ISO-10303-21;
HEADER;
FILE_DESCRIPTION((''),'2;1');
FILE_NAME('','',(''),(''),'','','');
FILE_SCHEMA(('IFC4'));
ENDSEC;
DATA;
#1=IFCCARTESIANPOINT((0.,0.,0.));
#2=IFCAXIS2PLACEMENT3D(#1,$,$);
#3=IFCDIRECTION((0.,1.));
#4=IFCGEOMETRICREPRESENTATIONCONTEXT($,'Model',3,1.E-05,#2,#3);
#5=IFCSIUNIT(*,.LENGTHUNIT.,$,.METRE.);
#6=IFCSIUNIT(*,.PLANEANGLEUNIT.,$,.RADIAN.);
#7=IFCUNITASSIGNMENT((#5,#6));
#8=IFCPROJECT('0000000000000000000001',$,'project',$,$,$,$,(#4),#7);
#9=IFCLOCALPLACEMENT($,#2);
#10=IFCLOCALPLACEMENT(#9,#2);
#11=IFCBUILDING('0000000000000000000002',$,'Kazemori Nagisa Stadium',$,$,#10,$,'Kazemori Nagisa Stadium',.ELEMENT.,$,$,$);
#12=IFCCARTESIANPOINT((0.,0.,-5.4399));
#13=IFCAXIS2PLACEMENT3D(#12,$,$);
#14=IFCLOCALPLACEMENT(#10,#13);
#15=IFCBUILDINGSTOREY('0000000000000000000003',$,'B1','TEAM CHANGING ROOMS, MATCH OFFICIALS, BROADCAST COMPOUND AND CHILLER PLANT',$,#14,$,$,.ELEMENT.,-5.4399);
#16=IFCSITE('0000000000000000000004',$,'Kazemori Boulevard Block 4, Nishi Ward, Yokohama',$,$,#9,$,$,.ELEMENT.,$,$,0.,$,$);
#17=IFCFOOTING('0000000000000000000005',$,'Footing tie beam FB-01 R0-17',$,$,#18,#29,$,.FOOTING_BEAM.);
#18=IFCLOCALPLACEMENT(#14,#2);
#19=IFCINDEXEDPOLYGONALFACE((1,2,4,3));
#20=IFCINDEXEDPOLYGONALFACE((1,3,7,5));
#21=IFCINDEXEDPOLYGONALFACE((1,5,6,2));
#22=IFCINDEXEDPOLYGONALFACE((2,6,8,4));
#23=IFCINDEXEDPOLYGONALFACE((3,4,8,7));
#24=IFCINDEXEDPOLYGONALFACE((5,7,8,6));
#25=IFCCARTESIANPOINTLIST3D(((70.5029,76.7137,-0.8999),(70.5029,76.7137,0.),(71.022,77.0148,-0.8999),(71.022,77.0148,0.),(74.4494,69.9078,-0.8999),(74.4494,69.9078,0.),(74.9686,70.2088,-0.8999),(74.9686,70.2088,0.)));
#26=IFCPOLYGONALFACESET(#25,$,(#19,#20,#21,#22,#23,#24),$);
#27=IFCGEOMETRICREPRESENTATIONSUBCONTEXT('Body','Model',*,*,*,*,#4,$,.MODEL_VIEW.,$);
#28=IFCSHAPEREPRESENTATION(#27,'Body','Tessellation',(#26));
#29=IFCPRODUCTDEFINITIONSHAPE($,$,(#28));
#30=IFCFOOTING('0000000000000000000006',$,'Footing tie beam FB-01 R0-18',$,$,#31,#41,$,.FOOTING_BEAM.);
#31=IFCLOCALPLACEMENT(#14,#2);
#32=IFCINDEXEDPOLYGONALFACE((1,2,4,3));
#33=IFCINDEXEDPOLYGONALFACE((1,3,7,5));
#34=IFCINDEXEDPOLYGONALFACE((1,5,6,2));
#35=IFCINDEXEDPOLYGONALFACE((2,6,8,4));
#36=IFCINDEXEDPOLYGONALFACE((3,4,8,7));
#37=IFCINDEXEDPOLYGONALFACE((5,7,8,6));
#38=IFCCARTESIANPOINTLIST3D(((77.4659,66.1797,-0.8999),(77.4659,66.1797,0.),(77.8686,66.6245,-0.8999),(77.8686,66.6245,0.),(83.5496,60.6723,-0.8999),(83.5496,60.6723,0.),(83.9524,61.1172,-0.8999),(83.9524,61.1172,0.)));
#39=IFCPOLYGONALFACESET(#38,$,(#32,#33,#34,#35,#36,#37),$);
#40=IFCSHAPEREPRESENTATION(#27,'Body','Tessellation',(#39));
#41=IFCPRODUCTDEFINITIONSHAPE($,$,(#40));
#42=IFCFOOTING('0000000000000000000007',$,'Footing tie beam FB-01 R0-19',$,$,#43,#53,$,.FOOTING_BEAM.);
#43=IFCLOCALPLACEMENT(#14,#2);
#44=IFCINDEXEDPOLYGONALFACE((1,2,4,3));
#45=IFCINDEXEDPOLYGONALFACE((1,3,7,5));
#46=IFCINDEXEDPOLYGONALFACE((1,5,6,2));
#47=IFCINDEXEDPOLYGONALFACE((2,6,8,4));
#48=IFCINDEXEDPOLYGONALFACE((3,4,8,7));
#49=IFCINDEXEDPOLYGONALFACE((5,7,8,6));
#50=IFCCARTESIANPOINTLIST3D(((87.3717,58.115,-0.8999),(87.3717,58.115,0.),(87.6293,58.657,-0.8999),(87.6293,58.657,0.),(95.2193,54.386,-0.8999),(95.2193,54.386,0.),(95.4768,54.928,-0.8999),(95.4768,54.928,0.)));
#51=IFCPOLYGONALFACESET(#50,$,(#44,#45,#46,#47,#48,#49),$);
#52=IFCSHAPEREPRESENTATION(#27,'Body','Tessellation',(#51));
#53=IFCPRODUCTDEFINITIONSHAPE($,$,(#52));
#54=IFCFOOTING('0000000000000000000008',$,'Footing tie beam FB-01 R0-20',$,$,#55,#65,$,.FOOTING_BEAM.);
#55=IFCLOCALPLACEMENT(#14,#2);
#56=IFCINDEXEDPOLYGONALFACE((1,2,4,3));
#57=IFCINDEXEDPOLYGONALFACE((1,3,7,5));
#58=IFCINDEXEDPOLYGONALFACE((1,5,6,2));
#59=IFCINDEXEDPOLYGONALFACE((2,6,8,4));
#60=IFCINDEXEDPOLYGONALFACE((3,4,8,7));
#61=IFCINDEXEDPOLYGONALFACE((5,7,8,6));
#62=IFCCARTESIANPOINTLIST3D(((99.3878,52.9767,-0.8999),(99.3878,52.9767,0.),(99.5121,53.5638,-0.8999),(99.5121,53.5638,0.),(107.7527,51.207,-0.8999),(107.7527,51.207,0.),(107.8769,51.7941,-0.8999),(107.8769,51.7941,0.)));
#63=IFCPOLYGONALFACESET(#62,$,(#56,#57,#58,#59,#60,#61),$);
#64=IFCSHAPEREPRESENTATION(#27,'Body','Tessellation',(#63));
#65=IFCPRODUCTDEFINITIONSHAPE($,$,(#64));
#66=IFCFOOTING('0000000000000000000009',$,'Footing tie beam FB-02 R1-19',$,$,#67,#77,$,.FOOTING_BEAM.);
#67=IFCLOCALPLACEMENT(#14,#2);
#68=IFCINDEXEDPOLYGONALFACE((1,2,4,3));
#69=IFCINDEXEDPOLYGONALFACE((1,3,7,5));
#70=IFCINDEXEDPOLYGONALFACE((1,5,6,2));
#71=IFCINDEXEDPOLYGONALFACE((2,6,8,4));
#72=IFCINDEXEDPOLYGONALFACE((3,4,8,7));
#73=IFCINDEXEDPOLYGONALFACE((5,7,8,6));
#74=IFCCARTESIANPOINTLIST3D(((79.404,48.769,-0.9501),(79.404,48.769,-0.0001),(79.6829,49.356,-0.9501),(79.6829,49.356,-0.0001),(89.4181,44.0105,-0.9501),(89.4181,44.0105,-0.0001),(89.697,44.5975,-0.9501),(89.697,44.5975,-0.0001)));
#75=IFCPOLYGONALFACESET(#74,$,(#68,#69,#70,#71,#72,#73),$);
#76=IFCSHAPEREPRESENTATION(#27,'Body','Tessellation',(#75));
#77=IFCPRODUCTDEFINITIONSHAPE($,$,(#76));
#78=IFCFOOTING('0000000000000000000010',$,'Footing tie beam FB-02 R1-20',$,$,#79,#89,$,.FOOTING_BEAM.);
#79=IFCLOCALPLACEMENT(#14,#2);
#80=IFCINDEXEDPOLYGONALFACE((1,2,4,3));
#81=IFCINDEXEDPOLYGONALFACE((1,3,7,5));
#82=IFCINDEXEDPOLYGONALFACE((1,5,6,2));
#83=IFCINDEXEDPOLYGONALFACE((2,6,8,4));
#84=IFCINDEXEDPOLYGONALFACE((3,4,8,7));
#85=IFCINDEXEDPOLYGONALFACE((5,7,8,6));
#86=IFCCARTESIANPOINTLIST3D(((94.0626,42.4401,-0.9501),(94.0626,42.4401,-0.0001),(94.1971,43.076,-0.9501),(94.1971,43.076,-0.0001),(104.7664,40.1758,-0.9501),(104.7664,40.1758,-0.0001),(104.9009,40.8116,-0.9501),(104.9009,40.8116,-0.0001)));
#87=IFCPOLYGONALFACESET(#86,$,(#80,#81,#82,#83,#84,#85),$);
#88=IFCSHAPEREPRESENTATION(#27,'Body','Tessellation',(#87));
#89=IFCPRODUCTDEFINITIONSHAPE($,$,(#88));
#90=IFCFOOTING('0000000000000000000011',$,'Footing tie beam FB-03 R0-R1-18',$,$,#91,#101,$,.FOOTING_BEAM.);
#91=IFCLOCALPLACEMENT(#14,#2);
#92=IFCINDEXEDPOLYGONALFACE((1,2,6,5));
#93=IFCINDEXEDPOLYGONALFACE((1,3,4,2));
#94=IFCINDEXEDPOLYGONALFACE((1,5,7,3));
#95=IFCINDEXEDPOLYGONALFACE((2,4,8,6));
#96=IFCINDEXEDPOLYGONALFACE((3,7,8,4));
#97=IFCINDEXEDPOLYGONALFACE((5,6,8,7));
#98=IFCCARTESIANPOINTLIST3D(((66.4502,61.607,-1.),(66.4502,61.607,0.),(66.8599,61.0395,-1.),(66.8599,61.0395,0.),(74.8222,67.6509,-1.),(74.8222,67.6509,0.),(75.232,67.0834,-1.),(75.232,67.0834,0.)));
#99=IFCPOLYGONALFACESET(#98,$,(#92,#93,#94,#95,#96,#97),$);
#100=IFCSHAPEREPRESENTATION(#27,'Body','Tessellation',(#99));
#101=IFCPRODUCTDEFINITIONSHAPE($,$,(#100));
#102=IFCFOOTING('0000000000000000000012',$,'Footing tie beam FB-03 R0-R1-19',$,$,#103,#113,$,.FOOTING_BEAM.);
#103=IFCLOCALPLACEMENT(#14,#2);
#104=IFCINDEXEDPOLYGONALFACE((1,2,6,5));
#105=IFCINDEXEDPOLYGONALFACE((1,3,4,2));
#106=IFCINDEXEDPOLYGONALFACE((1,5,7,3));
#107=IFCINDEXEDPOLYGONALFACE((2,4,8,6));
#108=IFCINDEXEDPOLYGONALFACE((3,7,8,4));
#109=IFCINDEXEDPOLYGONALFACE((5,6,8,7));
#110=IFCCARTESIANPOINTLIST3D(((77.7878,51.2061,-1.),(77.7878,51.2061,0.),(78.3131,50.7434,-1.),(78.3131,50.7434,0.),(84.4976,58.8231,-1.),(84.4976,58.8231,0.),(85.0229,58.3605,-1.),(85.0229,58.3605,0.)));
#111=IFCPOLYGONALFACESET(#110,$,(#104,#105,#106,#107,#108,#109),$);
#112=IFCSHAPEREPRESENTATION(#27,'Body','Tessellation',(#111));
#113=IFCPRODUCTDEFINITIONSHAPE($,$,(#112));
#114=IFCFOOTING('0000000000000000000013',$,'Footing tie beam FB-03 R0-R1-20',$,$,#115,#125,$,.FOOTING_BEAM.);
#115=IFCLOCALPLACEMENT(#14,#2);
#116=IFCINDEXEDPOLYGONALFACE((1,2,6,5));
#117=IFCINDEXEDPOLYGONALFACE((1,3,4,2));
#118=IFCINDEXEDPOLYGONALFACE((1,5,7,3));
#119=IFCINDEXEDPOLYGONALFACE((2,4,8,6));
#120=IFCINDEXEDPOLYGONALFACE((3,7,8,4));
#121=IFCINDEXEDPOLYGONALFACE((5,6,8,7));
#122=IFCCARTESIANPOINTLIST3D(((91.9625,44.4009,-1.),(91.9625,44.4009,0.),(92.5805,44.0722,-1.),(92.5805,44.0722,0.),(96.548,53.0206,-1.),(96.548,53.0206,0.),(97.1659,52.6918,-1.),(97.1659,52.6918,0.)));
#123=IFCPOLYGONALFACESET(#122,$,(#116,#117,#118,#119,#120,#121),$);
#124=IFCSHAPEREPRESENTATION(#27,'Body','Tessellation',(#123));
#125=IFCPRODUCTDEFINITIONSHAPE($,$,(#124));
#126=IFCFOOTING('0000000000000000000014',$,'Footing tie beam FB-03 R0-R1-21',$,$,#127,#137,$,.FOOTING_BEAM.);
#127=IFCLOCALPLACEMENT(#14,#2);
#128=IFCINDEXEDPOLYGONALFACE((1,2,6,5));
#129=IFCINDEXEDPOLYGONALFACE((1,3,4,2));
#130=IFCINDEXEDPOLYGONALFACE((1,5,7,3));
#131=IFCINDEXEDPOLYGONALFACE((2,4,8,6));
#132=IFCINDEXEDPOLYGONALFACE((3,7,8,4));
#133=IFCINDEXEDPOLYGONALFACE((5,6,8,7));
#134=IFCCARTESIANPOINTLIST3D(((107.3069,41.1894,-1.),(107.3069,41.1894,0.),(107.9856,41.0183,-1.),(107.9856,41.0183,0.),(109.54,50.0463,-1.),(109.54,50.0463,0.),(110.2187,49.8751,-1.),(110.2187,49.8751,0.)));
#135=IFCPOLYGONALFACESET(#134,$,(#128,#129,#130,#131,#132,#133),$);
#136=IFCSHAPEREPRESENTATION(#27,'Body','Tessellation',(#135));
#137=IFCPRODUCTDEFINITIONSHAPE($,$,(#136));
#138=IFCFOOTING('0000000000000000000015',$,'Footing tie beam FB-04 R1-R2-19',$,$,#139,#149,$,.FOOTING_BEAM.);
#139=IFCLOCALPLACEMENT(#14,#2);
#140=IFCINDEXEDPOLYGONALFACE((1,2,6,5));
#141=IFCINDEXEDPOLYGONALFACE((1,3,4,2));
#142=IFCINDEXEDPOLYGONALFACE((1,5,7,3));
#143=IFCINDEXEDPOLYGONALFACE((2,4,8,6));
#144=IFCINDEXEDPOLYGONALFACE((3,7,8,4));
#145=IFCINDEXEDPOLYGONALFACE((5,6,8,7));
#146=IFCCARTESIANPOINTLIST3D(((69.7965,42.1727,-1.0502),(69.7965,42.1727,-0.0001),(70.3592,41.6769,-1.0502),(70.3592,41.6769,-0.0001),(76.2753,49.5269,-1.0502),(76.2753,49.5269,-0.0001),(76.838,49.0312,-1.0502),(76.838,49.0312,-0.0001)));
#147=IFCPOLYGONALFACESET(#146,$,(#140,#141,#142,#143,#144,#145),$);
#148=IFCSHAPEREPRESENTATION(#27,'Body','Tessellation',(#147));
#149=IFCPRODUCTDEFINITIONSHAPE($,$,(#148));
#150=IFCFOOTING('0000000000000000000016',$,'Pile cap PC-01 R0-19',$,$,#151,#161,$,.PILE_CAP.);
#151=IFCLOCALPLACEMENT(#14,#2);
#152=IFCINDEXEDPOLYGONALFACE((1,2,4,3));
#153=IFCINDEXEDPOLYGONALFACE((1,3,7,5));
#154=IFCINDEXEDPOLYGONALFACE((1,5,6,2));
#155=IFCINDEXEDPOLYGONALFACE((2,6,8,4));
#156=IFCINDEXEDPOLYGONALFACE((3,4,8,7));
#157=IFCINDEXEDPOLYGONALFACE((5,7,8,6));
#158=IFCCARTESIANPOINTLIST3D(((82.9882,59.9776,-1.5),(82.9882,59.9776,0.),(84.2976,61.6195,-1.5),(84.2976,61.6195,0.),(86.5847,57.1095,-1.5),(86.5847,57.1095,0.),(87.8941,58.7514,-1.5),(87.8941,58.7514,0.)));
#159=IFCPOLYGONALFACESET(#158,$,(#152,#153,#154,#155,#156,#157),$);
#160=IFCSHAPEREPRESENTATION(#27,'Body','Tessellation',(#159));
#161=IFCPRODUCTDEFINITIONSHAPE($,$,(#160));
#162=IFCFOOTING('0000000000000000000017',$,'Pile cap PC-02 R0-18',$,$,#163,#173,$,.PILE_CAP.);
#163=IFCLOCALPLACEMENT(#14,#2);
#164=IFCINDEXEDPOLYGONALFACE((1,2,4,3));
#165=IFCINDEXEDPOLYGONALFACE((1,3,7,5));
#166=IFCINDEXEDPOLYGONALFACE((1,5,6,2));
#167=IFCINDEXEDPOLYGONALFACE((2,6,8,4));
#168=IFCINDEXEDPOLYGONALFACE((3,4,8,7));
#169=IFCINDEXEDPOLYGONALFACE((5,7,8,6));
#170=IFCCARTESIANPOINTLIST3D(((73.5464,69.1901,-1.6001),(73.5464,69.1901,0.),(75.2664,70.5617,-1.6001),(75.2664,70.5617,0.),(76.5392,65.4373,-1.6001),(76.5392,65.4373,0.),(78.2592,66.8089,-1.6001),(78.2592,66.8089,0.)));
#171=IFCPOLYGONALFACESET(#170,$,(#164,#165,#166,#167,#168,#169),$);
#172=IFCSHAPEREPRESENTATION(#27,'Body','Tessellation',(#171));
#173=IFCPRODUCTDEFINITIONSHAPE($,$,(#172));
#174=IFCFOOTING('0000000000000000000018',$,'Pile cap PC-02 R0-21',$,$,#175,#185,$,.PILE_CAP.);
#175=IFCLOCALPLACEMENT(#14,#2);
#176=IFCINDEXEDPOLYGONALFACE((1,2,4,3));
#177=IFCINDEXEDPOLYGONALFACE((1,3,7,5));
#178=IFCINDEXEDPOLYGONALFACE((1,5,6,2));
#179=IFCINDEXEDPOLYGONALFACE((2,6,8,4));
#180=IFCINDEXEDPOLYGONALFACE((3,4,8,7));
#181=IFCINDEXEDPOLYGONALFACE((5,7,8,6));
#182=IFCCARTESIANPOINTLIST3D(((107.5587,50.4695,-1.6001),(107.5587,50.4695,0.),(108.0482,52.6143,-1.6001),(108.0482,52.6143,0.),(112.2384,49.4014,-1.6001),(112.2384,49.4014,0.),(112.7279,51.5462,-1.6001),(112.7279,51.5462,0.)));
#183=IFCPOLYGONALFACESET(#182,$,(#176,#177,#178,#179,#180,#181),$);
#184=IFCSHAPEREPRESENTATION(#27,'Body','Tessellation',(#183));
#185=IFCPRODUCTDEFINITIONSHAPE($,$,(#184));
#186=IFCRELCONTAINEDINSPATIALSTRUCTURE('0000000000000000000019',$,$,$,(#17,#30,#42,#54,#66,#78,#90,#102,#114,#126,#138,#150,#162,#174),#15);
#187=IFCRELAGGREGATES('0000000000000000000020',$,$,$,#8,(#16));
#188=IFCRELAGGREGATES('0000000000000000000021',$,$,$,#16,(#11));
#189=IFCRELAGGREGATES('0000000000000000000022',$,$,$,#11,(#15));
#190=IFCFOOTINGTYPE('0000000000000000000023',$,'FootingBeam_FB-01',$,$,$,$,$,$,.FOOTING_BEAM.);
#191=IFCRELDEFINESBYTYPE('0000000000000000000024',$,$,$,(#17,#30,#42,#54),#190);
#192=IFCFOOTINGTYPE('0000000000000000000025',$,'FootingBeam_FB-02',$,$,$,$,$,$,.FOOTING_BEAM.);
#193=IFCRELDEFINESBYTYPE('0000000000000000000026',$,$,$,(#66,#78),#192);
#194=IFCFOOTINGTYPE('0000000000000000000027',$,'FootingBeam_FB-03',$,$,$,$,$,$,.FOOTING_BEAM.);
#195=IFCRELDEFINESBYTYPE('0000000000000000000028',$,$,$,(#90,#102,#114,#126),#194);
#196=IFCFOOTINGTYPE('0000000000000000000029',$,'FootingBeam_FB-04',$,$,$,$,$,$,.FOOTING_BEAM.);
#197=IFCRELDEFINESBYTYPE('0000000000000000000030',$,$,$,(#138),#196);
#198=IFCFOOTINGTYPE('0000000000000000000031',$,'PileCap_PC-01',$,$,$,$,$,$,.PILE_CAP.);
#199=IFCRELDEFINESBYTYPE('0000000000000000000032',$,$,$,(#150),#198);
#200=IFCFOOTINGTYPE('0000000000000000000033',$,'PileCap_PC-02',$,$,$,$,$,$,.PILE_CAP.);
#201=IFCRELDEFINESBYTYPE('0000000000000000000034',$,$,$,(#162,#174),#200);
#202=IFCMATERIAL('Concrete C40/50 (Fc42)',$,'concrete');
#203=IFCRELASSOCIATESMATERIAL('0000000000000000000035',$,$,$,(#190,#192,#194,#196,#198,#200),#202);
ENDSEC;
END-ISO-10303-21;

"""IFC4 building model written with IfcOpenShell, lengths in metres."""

from ifc_helpers import new_model, si_unit, direction, frame, origin, origin_2d, place, context, subcontext, project, spatial, rectangle, extrude, material, material_profile, profile_set, type_object, element, save


model = new_model("IFC4")

# Units and contexts
model_context = context("Model", 3, precision=1e-05, world=origin(), true_north=direction((0.0, 1.0)))
body_context = subcontext(model_context, "Body", "Model", "MODEL_VIEW")
ifc_project = project(units=[si_unit("LENGTHUNIT", "METRE"), si_unit("PLANEANGLEUNIT", "RADIAN")], contexts=[model_context])

# Site, building, storey
site_placement = place(None, origin())
site = spatial("IfcSite", under=ifc_project, at=site_placement, Name="Kazemori Boulevard Block 4, Nishi Ward, Yokohama", CompositionType="ELEMENT", RefElevation=0.0)
building_placement = place(site_placement, origin())
building = spatial("IfcBuilding", under=site, at=building_placement, Name="Kazemori Nagisa Stadium", LongName="Kazemori Nagisa Stadium", CompositionType="ELEMENT")
storey_placement = place(building_placement, frame((0.0, 0.0, -5.4399)))
storey = spatial("IfcBuildingStorey", under=building, at=storey_placement, Name="B1", Description="TEAM CHANGING ROOMS, MATCH OFFICIALS, BROADCAST COMPOUND AND CHILLER PLANT", CompositionType="ELEMENT", Elevation=-5.4399)

# Footings
ifc_material_1 = material(Name="Concrete C40/50 (Fc42)", Category="concrete")
ifc_material_profile_1 = material_profile(ifc_material_1, rectangle(XDim=0.6001, YDim=0.8999, at=origin_2d()), Name="RC-FB-600x900")
ifc_profile_set_1 = profile_set([ifc_material_profile_1], Name="Concrete C40/50 (Fc42)")
footing_type_1 = type_object("IfcFootingType", Name="FootingBeam_FB-01", PredefinedType="FOOTING_BEAM", material=ifc_profile_set_1)
footing_1_placement = place(storey_placement, frame((70.7625, 76.8643, -0.45), z_axis=(0.501633, -0.86508, 0.0), x_axis=(0.86508, 0.501633, 0.0)))
element("IfcFooting", 1, at=footing_1_placement, inside=storey, type_object=footing_type_1, Name="Footing tie beam FB-01 R0-17", PredefinedType="FOOTING_BEAM", context=body_context, shape_type="SweptSolid", body=[
    extrude(rectangle(XDim=0.6001, YDim=0.8999, at=origin_2d()), origin(), (0.0, 0.0, 1.0), 7.8674),
])
footing_2_placement = place(storey_placement, frame((77.6672, 66.4021, -0.45), z_axis=(0.741355, -0.671114, 0.0), x_axis=(0.671114, 0.741355, 0.0)))
element("IfcFooting", 2, at=footing_2_placement, inside=storey, type_object=footing_type_1, Name="Footing tie beam FB-01 R0-18", PredefinedType="FOOTING_BEAM", context=body_context, shape_type="SweptSolid", body=[
    extrude(rectangle(XDim=0.6001, YDim=0.8999, at=origin_2d()), origin(), (0.0, 0.0, 1.0), 8.2063),
])
footing_3_placement = place(storey_placement, frame((87.5005, 58.386, -0.45), z_axis=(0.903217, -0.429185, 0.0), x_axis=(0.429185, 0.903217, 0.0)))
element("IfcFooting", 3, at=footing_3_placement, inside=storey, type_object=footing_type_1, Name="Footing tie beam FB-01 R0-19", PredefinedType="FOOTING_BEAM", context=body_context, shape_type="SweptSolid", body=[
    extrude(rectangle(XDim=0.6001, YDim=0.8999, at=origin_2d()), origin(), (0.0, 0.0, 1.0), 8.6885),
])
footing_4_placement = place(storey_placement, frame((99.45, 53.2703, -0.45), z_axis=(0.978344, -0.206987, 0.0), x_axis=(0.206987, 0.978344, 0.0)))
element("IfcFooting", 4, at=footing_4_placement, inside=storey, type_object=footing_type_1, Name="Footing tie beam FB-01 R0-20", PredefinedType="FOOTING_BEAM", context=body_context, shape_type="SweptSolid", body=[
    extrude(rectangle(XDim=0.6001, YDim=0.8999, at=origin_2d()), origin(), (0.0, 0.0, 1.0), 8.55),
])
ifc_material_profile_2 = material_profile(ifc_material_1, rectangle(XDim=0.6499, YDim=0.95, at=origin_2d()), Name="RC-FB-650x950")
ifc_profile_set_2 = profile_set([ifc_material_profile_2], Name="Concrete C40/50 (Fc42)")
footing_type_2 = type_object("IfcFootingType", Name="FootingBeam_FB-02", PredefinedType="FOOTING_BEAM", material=ifc_profile_set_2)
footing_5_placement = place(storey_placement, frame((79.5435, 49.0625, -0.4751), z_axis=(0.903214, -0.429191, 0.0), x_axis=(0.429191, 0.903214, 0.0)))
element("IfcFooting", 5, at=footing_5_placement, inside=storey, type_object=footing_type_2, Name="Footing tie beam FB-02 R1-19", PredefinedType="FOOTING_BEAM", context=body_context, shape_type="SweptSolid", body=[
    extrude(rectangle(XDim=0.6499, YDim=0.95, at=origin_2d()), origin(), (0.0, 0.0, 1.0), 11.0872),
])
footing_6_placement = place(storey_placement, frame((94.1299, 42.7581, -0.4751), z_axis=(0.978347, -0.20697, 0.0), x_axis=(0.20697, 0.978347, 0.0)))
element("IfcFooting", 6, at=footing_6_placement, inside=storey, type_object=footing_type_2, Name="Footing tie beam FB-02 R1-20", PredefinedType="FOOTING_BEAM", context=body_context, shape_type="SweptSolid", body=[
    extrude(rectangle(XDim=0.6499, YDim=0.95, at=origin_2d()), origin(), (0.0, 0.0, 1.0), 10.9407),
])
ifc_material_profile_3 = material_profile(ifc_material_1, rectangle(XDim=0.7, YDim=1.0, at=origin_2d()), Name="RC-FB-700x1000")
ifc_profile_set_3 = profile_set([ifc_material_profile_3], Name="Concrete C40/50 (Fc42)")
footing_type_3 = type_object("IfcFootingType", Name="FootingBeam_FB-03", PredefinedType="FOOTING_BEAM", material=ifc_profile_set_3)
footing_7_placement = place(storey_placement, frame((75.0271, 67.3672, -0.5), z_axis=(-0.810796, -0.585328, 0.0), x_axis=(0.585328, -0.810796, 0.0)))
element("IfcFooting", 7, at=footing_7_placement, inside=storey, type_object=footing_type_3, Name="Footing tie beam FB-03 R0-R1-18", PredefinedType="FOOTING_BEAM", context=body_context, shape_type="SweptSolid", body=[
    extrude(rectangle(XDim=0.7, YDim=1.0, at=origin_2d()), origin(), (0.0, 0.0, 1.0), 10.3257),
])
footing_8_placement = place(storey_placement, frame((84.7603, 58.5918, -0.5), z_axis=(-0.661006, -0.750381, 0.0), x_axis=(0.750381, -0.661006, 0.0)))
element("IfcFooting", 8, at=footing_8_placement, inside=storey, type_object=footing_type_3, Name="Footing tie beam FB-03 R0-R1-19", PredefinedType="FOOTING_BEAM", context=body_context, shape_type="SweptSolid", body=[
    extrude(rectangle(XDim=0.7, YDim=1.0, at=origin_2d()), origin(), (0.0, 0.0, 1.0), 10.1509),
])
footing_9_placement = place(storey_placement, frame((96.8569, 52.8562, -0.5), z_axis=(-0.469656, -0.882849, 0.0), x_axis=(0.882849, -0.469656, 0.0)))
element("IfcFooting", 9, at=footing_9_placement, inside=storey, type_object=footing_type_3, Name="Footing tie beam FB-03 R0-R1-20", PredefinedType="FOOTING_BEAM", context=body_context, shape_type="SweptSolid", body=[
    extrude(rectangle(XDim=0.7, YDim=1.0, at=origin_2d()), origin(), (0.0, 0.0, 1.0), 9.7634),
])
footing_10_placement = place(storey_placement, frame((109.8794, 49.9607, -0.5), z_axis=(-0.244485, -0.969653, 0.0), x_axis=(0.969653, -0.244485, 0.0)))
element("IfcFooting", 10, at=footing_10_placement, inside=storey, type_object=footing_type_3, Name="Footing tie beam FB-03 R0-R1-21", PredefinedType="FOOTING_BEAM", context=body_context, shape_type="SweptSolid", body=[
    extrude(rectangle(XDim=0.7, YDim=1.0, at=origin_2d()), origin(), (0.0, 0.0, 1.0), 9.134),
])
ifc_material_profile_4 = material_profile(ifc_material_1, rectangle(XDim=0.75, YDim=1.05, at=origin_2d()), Name="RC-FB-750x1050")
ifc_profile_set_4 = profile_set([ifc_material_profile_4], Name="Concrete C40/50 (Fc42)")
footing_type_4 = type_object("IfcFootingType", Name="FootingBeam_FB-04", PredefinedType="FOOTING_BEAM", material=ifc_profile_set_4)
footing_11_placement = place(storey_placement, frame((76.5566, 49.2791, -0.5251), z_axis=(-0.661032, -0.750358, 0.0), x_axis=(0.750358, -0.661032, 0.0)))
element("IfcFooting", 11, at=footing_11_placement, inside=storey, type_object=footing_type_4, Name="Footing tie beam FB-04 R1-R2-19", PredefinedType="FOOTING_BEAM", context=body_context, shape_type="SweptSolid", body=[
    extrude(rectangle(XDim=0.75, YDim=1.05, at=origin_2d()), origin(), (0.0, 0.0, 1.0), 9.801),
])
footing_type_5 = type_object("IfcFootingType", Name="PileCap_PC-01", PredefinedType="PILE_CAP", material=ifc_material_1)
footing_12_placement = place(storey_placement, frame((85.4412, 59.3645, -1.5), z_axis=(0.0, 0.0, 1.0), x_axis=(0.781831, -0.62349, 0.0)))
element("IfcFooting", 12, at=footing_12_placement, inside=storey, type_object=footing_type_5, Name="Pile cap PC-01 R0-19", PredefinedType="PILE_CAP", context=body_context, shape_type="SweptSolid", body=[
    extrude(rectangle(XDim=4.6001, YDim=2.1001, at=origin_2d()), origin(), (0.0, 0.0, 1.0), 1.5),
])
footing_type_6 = type_object("IfcFootingType", Name="PileCap_PC-02", PredefinedType="PILE_CAP", material=ifc_material_1)
for number, where, z_axis, x_axis, name in (
    (13, (75.9028, 67.9995, -1.6001), (0.0, 0.0, 1.0), (0.62349, -0.781831, 0.0), "Pile cap PC-02 R0-18"),
    (14, (110.1433, 51.0078, -1.6001), (0.0, 0.0, 1.0), (0.974928, -0.222521, 0.0), "Pile cap PC-02 R0-21"),
):
    element("IfcFooting", number, at=place(storey_placement, frame(where, z_axis=z_axis, x_axis=x_axis)), inside=storey, type_object=footing_type_6, Name=name, PredefinedType="PILE_CAP", context=body_context, shape_type="SweptSolid", body=[
        extrude(rectangle(XDim=4.8, YDim=2.2, at=origin_2d()), origin(), (0.0, 0.0, 1.0), 1.6001),
    ])

save(model, "model.ifc")
